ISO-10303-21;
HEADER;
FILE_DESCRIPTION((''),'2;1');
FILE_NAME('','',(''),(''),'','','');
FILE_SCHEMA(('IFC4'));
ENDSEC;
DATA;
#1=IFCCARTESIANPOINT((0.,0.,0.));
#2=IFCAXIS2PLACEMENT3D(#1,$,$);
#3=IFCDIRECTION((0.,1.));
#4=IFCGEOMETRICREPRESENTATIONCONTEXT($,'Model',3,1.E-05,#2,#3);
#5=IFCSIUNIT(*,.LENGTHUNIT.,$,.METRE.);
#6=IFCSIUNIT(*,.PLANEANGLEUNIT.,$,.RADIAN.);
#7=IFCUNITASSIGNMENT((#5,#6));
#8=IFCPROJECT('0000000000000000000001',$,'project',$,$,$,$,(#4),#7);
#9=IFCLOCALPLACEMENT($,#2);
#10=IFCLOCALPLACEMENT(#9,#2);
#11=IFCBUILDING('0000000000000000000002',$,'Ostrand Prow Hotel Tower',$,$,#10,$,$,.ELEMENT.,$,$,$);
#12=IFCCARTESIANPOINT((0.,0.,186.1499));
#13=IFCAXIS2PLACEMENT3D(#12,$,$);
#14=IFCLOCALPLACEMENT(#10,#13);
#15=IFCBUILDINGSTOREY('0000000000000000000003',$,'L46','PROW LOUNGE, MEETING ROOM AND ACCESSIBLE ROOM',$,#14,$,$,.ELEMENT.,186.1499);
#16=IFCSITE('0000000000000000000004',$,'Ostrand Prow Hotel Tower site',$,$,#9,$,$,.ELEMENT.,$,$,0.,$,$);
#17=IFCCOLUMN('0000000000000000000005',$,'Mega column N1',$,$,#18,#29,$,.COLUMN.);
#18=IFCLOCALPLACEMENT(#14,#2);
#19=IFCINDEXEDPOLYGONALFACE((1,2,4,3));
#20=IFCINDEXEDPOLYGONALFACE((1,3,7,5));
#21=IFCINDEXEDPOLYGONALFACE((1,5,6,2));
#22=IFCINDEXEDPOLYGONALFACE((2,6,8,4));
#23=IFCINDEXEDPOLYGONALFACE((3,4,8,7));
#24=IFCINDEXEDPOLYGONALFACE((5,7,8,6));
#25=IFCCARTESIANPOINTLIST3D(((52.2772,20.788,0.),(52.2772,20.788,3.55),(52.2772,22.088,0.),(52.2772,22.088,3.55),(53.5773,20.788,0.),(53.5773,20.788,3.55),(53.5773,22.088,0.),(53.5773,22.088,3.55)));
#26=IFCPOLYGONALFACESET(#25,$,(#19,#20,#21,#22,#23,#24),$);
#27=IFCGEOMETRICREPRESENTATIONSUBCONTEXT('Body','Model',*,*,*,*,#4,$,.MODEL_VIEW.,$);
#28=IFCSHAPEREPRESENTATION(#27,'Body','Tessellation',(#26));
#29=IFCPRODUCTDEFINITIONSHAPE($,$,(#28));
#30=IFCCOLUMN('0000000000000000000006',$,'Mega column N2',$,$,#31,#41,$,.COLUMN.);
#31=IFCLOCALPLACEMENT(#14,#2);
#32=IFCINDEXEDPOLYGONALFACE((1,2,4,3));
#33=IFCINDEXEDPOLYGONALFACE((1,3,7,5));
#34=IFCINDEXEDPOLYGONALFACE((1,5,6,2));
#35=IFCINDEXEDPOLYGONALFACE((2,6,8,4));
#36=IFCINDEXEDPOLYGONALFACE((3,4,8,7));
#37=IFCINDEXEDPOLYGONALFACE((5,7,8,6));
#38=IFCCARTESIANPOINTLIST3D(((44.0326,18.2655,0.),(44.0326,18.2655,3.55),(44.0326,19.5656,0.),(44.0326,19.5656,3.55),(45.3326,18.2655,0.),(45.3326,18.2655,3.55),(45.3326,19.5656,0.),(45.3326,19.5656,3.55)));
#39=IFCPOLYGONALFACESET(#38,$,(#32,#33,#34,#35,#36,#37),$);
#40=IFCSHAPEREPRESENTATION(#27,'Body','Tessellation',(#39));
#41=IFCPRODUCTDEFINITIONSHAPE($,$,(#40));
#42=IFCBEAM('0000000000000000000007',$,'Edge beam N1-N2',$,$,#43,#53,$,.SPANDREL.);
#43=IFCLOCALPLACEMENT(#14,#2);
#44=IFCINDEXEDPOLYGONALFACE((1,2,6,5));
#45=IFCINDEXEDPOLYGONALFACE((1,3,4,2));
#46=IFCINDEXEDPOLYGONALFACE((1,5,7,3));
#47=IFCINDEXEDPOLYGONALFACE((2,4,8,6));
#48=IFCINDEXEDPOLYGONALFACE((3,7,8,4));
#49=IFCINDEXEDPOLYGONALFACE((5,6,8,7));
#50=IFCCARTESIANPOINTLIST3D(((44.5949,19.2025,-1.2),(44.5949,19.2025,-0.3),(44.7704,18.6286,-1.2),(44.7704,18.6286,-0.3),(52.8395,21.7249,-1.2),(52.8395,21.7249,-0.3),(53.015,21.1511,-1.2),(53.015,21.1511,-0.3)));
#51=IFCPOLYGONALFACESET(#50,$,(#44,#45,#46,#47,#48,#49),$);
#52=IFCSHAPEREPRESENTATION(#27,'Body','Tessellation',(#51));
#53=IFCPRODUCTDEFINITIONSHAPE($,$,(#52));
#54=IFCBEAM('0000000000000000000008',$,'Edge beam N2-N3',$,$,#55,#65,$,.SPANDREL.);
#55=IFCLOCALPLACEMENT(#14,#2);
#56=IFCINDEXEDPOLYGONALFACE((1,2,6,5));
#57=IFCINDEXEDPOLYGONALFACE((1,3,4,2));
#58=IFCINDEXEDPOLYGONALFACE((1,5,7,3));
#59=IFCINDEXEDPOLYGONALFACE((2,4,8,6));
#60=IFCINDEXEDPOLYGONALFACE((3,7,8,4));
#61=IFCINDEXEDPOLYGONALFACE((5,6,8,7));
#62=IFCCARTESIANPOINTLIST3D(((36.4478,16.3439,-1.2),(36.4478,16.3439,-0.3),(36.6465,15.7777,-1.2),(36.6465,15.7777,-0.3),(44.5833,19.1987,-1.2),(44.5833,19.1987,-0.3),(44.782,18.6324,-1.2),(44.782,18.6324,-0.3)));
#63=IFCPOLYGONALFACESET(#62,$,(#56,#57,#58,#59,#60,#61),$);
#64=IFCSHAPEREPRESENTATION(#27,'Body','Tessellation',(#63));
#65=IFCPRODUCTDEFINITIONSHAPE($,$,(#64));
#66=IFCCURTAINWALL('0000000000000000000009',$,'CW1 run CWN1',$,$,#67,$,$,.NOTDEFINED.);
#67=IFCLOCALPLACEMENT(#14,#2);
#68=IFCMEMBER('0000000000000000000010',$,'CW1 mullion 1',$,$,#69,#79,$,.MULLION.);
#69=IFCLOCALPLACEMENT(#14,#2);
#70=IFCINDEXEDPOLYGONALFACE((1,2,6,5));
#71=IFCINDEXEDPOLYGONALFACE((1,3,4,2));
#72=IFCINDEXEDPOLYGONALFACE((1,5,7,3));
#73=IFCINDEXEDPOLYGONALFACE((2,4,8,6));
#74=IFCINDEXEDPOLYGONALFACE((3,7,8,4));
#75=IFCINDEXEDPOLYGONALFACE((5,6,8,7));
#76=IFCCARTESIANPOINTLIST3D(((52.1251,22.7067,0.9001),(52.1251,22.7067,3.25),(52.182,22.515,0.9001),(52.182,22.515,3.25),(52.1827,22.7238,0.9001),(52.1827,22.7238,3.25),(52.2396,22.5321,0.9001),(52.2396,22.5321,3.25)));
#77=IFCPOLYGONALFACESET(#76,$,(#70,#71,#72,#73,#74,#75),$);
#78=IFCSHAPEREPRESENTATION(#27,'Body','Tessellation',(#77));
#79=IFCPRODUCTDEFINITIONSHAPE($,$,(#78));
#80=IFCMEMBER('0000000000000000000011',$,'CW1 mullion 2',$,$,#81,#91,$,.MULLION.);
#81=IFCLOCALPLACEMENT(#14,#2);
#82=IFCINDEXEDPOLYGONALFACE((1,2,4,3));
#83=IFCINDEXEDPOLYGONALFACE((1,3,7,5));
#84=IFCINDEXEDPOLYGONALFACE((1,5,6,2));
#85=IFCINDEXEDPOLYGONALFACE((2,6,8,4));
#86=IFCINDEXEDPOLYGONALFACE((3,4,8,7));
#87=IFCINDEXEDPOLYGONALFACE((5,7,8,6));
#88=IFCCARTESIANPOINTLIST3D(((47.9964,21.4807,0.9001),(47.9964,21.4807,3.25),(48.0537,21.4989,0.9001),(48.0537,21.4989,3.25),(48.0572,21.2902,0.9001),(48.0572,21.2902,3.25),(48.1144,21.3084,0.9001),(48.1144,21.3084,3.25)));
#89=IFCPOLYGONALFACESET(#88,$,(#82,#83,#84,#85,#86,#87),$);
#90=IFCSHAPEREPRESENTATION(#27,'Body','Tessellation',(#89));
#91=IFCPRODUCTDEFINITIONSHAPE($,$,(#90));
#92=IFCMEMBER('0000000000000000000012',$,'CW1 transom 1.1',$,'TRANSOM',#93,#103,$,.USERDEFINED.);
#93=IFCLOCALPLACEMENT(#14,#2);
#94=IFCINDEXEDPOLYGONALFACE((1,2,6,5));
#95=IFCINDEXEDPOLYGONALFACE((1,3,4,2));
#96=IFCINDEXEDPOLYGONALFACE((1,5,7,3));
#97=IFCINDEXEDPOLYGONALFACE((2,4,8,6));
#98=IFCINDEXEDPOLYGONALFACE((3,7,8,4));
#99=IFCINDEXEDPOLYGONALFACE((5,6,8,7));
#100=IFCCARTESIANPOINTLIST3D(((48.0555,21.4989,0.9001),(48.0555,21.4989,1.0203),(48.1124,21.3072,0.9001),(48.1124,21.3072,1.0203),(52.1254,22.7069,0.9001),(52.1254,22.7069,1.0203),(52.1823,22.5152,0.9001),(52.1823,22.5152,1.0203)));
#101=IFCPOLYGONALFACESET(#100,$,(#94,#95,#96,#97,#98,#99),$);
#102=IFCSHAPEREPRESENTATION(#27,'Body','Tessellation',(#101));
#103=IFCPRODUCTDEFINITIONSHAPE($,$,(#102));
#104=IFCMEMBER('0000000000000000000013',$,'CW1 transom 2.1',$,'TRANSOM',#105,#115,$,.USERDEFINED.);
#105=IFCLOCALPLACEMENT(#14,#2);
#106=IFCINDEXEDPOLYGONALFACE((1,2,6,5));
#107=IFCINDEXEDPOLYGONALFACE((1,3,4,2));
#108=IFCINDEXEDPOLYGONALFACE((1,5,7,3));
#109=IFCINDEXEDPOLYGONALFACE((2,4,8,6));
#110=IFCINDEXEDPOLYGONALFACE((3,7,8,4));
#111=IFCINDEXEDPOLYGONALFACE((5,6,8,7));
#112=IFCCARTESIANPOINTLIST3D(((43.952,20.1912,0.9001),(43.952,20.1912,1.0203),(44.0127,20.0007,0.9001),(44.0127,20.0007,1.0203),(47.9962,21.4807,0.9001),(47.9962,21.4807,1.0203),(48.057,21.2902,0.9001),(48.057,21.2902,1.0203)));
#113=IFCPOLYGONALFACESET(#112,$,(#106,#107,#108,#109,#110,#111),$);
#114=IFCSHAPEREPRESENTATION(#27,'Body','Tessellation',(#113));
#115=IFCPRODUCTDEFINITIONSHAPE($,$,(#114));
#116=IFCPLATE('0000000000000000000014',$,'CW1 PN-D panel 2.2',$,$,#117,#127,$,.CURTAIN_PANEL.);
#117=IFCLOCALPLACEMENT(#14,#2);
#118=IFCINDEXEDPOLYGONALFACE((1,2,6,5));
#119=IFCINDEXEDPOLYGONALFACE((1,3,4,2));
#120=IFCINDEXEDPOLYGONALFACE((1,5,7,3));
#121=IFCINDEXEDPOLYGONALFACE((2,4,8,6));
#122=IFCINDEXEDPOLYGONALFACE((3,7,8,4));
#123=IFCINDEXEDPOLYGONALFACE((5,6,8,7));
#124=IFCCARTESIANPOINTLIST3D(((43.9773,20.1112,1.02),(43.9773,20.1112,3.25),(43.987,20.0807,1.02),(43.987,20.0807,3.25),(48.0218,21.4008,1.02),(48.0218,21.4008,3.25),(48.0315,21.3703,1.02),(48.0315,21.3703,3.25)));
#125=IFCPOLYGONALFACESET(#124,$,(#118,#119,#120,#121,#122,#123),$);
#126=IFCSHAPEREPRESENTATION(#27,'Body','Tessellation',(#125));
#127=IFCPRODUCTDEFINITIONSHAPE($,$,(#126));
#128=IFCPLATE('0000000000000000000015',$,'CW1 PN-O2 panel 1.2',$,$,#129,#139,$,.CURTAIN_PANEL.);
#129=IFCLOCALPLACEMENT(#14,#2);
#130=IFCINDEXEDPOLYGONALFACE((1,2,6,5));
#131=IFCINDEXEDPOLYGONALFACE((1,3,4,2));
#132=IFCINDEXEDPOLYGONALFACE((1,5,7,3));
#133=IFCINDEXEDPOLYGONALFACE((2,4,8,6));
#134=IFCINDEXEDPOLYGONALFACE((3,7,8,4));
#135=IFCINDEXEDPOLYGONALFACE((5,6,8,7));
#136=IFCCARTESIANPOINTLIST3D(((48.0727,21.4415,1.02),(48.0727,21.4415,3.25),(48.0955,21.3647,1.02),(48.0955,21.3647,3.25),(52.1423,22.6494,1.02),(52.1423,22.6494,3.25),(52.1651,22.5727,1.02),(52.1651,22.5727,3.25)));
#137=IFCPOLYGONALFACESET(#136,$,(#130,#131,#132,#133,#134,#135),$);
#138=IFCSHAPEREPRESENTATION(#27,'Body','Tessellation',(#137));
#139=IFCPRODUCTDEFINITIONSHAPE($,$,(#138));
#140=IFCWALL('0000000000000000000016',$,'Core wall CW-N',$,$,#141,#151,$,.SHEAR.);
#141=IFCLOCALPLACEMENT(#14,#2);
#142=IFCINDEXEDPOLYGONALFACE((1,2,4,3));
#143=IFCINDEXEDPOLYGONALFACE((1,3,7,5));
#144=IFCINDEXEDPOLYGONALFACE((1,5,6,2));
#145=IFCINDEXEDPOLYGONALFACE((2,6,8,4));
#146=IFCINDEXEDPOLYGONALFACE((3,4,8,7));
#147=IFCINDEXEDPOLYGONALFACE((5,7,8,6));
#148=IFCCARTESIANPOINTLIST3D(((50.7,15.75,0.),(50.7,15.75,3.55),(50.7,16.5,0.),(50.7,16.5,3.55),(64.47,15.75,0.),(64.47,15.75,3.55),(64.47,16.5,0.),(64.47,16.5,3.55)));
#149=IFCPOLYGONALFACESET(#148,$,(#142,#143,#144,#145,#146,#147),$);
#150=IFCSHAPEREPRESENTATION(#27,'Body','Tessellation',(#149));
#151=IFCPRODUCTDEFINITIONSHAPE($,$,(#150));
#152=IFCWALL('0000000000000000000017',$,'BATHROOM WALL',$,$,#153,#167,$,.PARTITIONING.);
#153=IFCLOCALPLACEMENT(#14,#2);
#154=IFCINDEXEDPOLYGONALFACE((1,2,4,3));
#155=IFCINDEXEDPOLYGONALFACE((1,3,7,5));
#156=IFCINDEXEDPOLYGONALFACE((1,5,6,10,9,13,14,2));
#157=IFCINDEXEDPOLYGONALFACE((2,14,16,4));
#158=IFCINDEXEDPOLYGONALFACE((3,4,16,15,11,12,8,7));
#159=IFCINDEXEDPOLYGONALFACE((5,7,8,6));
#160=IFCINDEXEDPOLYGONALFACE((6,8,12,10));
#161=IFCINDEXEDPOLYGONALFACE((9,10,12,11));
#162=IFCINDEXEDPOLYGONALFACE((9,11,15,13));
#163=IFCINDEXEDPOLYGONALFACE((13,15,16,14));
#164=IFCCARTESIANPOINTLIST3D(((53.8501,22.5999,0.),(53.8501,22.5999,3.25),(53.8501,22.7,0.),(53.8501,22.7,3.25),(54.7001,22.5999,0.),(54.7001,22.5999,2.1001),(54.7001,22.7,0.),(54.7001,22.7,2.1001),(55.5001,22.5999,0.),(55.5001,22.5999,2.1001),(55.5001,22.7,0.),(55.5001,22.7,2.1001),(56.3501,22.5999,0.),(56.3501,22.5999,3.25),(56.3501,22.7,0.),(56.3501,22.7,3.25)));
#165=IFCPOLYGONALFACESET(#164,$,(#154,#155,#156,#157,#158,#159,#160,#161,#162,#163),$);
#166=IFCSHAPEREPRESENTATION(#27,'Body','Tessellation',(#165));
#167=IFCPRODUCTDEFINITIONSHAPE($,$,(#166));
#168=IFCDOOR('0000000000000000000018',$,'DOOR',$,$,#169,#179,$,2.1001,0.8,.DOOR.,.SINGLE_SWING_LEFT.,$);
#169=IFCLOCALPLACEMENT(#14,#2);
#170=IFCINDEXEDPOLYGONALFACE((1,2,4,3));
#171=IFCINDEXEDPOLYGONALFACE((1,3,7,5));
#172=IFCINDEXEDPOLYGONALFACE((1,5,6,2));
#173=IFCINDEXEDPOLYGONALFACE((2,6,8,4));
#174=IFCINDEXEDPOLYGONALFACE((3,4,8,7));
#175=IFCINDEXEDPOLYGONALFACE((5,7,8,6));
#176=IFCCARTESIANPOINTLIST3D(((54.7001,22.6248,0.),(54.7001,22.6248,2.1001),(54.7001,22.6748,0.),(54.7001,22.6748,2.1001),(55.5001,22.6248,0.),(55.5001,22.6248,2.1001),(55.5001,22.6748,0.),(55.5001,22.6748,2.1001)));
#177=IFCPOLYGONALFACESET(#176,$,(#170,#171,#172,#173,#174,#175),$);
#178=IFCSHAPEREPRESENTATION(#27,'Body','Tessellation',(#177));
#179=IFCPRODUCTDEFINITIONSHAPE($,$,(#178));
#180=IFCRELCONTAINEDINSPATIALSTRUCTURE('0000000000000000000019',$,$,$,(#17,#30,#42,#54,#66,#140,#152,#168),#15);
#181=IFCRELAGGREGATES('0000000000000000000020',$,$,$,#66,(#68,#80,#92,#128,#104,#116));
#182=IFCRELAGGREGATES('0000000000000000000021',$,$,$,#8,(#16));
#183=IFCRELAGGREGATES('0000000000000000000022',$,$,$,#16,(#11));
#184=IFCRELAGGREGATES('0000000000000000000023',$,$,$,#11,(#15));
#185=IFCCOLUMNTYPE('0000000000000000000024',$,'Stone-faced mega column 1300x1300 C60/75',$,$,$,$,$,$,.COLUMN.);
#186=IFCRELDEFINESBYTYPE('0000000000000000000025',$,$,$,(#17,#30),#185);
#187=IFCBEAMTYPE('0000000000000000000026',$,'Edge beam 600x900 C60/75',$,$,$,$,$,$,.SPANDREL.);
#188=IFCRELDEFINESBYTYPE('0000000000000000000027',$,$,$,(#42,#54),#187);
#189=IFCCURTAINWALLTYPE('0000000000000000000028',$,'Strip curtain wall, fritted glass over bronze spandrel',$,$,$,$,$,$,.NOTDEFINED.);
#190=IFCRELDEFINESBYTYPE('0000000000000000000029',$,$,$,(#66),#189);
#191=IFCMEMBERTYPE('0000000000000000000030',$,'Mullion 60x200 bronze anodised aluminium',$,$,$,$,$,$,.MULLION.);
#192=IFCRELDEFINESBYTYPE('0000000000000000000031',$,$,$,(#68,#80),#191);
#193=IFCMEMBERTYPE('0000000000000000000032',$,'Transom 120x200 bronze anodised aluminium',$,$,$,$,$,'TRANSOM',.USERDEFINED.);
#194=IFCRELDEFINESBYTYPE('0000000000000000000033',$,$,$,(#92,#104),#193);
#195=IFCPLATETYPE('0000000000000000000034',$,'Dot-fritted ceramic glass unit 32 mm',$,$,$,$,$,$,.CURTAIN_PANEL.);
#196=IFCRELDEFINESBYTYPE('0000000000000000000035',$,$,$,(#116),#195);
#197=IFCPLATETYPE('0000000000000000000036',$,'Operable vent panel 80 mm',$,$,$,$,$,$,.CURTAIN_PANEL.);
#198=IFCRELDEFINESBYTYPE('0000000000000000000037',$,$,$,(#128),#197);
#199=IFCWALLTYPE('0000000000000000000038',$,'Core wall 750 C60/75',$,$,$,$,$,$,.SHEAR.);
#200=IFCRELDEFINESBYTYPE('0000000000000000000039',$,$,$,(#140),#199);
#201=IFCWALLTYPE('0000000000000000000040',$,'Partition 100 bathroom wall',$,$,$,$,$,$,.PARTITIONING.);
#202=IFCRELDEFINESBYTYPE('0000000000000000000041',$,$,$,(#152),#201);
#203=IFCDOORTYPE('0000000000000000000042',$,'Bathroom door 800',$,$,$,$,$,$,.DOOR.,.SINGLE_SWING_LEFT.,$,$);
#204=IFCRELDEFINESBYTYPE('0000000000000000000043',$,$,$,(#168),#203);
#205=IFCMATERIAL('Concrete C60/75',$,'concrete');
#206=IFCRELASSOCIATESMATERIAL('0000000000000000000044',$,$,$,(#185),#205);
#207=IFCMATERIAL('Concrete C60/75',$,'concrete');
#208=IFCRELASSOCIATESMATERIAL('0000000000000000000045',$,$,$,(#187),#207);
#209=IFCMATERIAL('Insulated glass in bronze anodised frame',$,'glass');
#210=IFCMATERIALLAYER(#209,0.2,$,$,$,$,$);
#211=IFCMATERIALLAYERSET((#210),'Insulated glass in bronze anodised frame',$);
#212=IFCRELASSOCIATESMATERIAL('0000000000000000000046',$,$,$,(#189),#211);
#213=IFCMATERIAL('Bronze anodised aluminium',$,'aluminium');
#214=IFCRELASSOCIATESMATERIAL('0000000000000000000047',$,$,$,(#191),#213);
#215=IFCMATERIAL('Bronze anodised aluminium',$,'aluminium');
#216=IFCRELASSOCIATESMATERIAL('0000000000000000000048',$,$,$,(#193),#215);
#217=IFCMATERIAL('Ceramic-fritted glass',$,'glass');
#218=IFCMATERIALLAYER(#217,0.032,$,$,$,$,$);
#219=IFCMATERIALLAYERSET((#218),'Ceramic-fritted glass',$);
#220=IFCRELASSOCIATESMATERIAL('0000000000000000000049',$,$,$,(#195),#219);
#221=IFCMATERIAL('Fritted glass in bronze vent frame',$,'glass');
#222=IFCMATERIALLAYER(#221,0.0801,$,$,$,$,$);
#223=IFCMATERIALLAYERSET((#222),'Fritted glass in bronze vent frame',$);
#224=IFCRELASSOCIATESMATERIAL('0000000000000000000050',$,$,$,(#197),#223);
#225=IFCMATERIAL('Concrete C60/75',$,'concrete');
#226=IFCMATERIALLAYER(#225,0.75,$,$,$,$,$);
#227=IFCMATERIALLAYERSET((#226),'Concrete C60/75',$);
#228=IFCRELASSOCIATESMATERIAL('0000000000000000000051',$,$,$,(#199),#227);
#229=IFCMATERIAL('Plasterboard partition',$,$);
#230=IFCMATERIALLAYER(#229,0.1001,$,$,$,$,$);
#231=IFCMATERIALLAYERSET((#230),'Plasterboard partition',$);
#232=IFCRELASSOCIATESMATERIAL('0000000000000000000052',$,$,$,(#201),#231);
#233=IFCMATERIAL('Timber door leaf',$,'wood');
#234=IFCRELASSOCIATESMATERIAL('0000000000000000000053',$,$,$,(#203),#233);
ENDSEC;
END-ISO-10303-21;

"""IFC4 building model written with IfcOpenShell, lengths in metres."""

from ifc_helpers import new_model, si_unit, direction, frame, frame_2d, origin, origin_2d, place, context, subcontext, project, spatial, rectangle, extrude, material, layer, layer_set, material_profile, profile_set, type_object, element, fill, aggregate, save


model = new_model("IFC4")

# Units and contexts
model_context = context("Model", 3, precision=1e-05, world=origin(), true_north=direction((0.0, 1.0)))
body_context = subcontext(model_context, "Body", "Model", "MODEL_VIEW")
ifc_project = project(units=[si_unit("LENGTHUNIT", "METRE"), si_unit("PLANEANGLEUNIT", "RADIAN")], contexts=[model_context])

# Site, building, storey
site_placement = place(None, origin())
site = spatial("IfcSite", under=ifc_project, at=site_placement, Name="Ostrand Prow Hotel Tower site", CompositionType="ELEMENT", RefElevation=0.0)
building_placement = place(site_placement, origin())
building = spatial("IfcBuilding", under=site, at=building_placement, Name="Ostrand Prow Hotel Tower", CompositionType="ELEMENT")
storey_placement = place(building_placement, frame((0.0, 0.0, 186.1499)))
storey = spatial("IfcBuildingStorey", under=building, at=storey_placement, Name="L46", Description="PROW LOUNGE, MEETING ROOM AND ACCESSIBLE ROOM", CompositionType="ELEMENT", Elevation=186.1499)

# Columns
ifc_material_1 = material(Name="Concrete C60/75", Category="concrete")
ifc_material_profile_1 = material_profile(ifc_material_1, rectangle(XDim=1.3, YDim=1.3, at=origin_2d()), Name="RC 1300x1300")
ifc_profile_set_1 = profile_set([ifc_material_profile_1], Name="Concrete C60/75")
column_type = type_object("IfcColumnType", Name="Stone-faced mega column 1300x1300 C60/75", PredefinedType="COLUMN", material=ifc_profile_set_1)
for number, where, z_axis, x_axis, name in (
    (1, (52.9272, 21.438, 0.0), (0.0, 0.0, 1.0), (1.0, 0.0, 0.0), "Mega column N1"),
    (2, (44.6826, 18.9155, 0.0), (0.0, 0.0, 1.0), (1.0, 0.0, 0.0), "Mega column N2"),
):
    element("IfcColumn", number, at=place(storey_placement, frame(where, z_axis=z_axis, x_axis=x_axis)), inside=storey, type_object=column_type, Name=name, PredefinedType="COLUMN", context=body_context, shape_type="SweptSolid", body=[
        extrude(rectangle(XDim=1.3, YDim=1.3, at=origin_2d()), origin(), (0.0, 0.0, 1.0), 3.55),
    ])

# Beams
ifc_material_2 = material(Name="Concrete C60/75", Category="concrete")
ifc_material_profile_2 = material_profile(ifc_material_2, rectangle(XDim=0.6001, YDim=0.8999, at=origin_2d()), Name="RC 600x900")
ifc_profile_set_2 = profile_set([ifc_material_profile_2], Name="Concrete C60/75")
beam_type = type_object("IfcBeamType", Name="Edge beam 600x900 C60/75", PredefinedType="SPANDREL", material=ifc_profile_set_2)
for number, where, z_axis, x_axis, name in (
    (3, (52.9272, 21.438, -0.75), (-0.956246, -0.292565, 0.0), (0.292565, -0.956246, 0.0), "Edge beam N1-N2"),
    (4, (44.6826, 18.9155, -0.75), (-0.943594, -0.331106, 0.0), (0.331106, -0.943594, 0.0), "Edge beam N2-N3"),
):
    element("IfcBeam", number, at=place(storey_placement, frame(where, z_axis=z_axis, x_axis=x_axis)), inside=storey, type_object=beam_type, Name=name, PredefinedType="SPANDREL", context=body_context, shape_type="SweptSolid", body=[
        extrude(rectangle(XDim=0.6001, YDim=0.8999, at=origin_2d()), origin(), (0.0, 0.0, 1.0), 8.6218),
    ])

# Curtain wall, members, plates
ifc_material_3 = material(Name="Insulated glass in bronze anodised frame", Category="glass")
ifc_layer_1 = layer(ifc_material_3, 0.2)
ifc_layer_set_1 = layer_set([ifc_layer_1], Name="Insulated glass in bronze anodised frame")
curtain_wall_type = type_object("IfcCurtainWallType", Name="Strip curtain wall, fritted glass over bronze spandrel", PredefinedType="NOTDEFINED", material=ifc_layer_set_1)
curtain_wall_placement = place(storey_placement, origin())
curtain_wall = element("IfcCurtainWall", 5, at=curtain_wall_placement, inside=storey, type_object=curtain_wall_type, Name="CW1 run CWN1", PredefinedType="NOTDEFINED")
ifc_material_4 = material(Name="Bronze anodised aluminium", Category="aluminium")
ifc_material_profile_3 = material_profile(ifc_material_4, rectangle(XDim=0.2, YDim=0.0601, at=origin_2d()), Name="Mullion 60x200 bronze anodised aluminium")
ifc_profile_set_3 = profile_set([ifc_material_profile_3], Name="Bronze anodised aluminium")
member_type_1 = type_object("IfcMemberType", Name="Mullion 60x200 bronze anodised aluminium", PredefinedType="MULLION", material=ifc_profile_set_3)
member_1_placement = place(storey_placement, frame((52.1824, 22.6194, 0.9001), z_axis=(0.0, 0.0, 1.0), x_axis=(0.284544, -0.958663, 0.0)))
member_1 = element("IfcMember", 6, at=member_1_placement, type_object=member_type_1, Name="CW1 mullion 1", PredefinedType="MULLION", context=body_context, shape_type="SweptSolid", body=[
    extrude(rectangle(XDim=0.2, YDim=0.0601, at=origin_2d()), origin(), (0.0, 0.0, 1.0), 2.3499),
])
member_2_placement = place(storey_placement, frame((48.0554, 21.3945, 0.9001), z_axis=(0.0, 0.0, 1.0), x_axis=(0.303787, -0.95274, 0.0)))
member_2 = element("IfcMember", 7, at=member_2_placement, type_object=member_type_1, Name="CW1 mullion 2", PredefinedType="MULLION", context=body_context, shape_type="SweptSolid", body=[
    extrude(rectangle(XDim=0.2, YDim=0.0601, at=origin_2d()), origin(), (0.0, 0.0, 1.0), 2.3499),
])
ifc_material_5 = material(Name="Bronze anodised aluminium", Category="aluminium")
ifc_material_profile_4 = material_profile(ifc_material_5, rectangle(XDim=0.2, YDim=0.1201, at=origin_2d()), Name="Transom 120x200 bronze anodised aluminium")
ifc_profile_set_4 = profile_set([ifc_material_profile_4], Name="Bronze anodised aluminium")
member_type_2 = type_object("IfcMemberType", Name="Transom 120x200 bronze anodised aluminium", ElementType="TRANSOM", PredefinedType="USERDEFINED", material=ifc_profile_set_4)
member_3_placement = place(storey_placement, frame((52.1538, 22.6111, 0.9602), z_axis=(-0.958661, -0.28455, 0.0), x_axis=(0.28455, -0.958661, 0.0)))
member_3 = element("IfcMember", 8, at=member_3_placement, type_object=member_type_2, Name="CW1 transom 1.1", ObjectType="TRANSOM", PredefinedType="USERDEFINED", context=body_context, shape_type="SweptSolid", body=[
    extrude(rectangle(XDim=0.2, YDim=0.1201, at=origin_2d()), origin(), (0.0, 0.0, 1.0), 4.2454),
])
member_4_placement = place(storey_placement, frame((48.0266, 21.3855, 0.9602), z_axis=(-0.952738, -0.303795, 0.0), x_axis=(0.303795, -0.952738, 0.0)))
member_4 = element("IfcMember", 9, at=member_4_placement, type_object=member_type_2, Name="CW1 transom 2.1", ObjectType="TRANSOM", PredefinedType="USERDEFINED", context=body_context, shape_type="SweptSolid", body=[
    extrude(rectangle(XDim=0.2, YDim=0.1201, at=origin_2d()), origin(), (0.0, 0.0, 1.0), 4.2449),
])
ifc_material_6 = material(Name="Ceramic-fritted glass", Category="glass")
ifc_layer_2 = layer(ifc_material_6, 0.032)
ifc_layer_set_2 = layer_set([ifc_layer_2], Name="Ceramic-fritted glass")
plate_type_1 = type_object("IfcPlateType", Name="Dot-fritted ceramic glass unit 32 mm", PredefinedType="CURTAIN_PANEL", material=ifc_layer_set_2)
plate_1_placement = place(storey_placement, frame((46.0044, 20.7407, 1.02), z_axis=(0.0, 0.0, 1.0), x_axis=(-0.95274, -0.303787, 0.0)))
plate_1 = element("IfcPlate", 10, at=plate_1_placement, type_object=plate_type_1, Name="CW1 PN-D panel 2.2", PredefinedType="CURTAIN_PANEL", context=body_context, shape_type="SweptSolid", body=[
    extrude(rectangle(XDim=4.2451, YDim=0.032, at=origin_2d()), origin(), (0.0, 0.0, 1.0), 2.23),
])
ifc_material_7 = material(Name="Fritted glass in bronze vent frame", Category="glass")
ifc_layer_3 = layer(ifc_material_7, 0.0801)
ifc_layer_set_3 = layer_set([ifc_layer_3], Name="Fritted glass in bronze vent frame")
plate_type_2 = type_object("IfcPlateType", Name="Operable vent panel 80 mm", PredefinedType="CURTAIN_PANEL", material=ifc_layer_set_3)
plate_2_placement = place(storey_placement, frame((50.1189, 22.0071, 1.02), z_axis=(0.0, 0.0, 1.0), x_axis=(-0.958663, -0.284544, 0.0)))
plate_2 = element("IfcPlate", 11, at=plate_2_placement, type_object=plate_type_2, Name="CW1 PN-O2 panel 1.2", PredefinedType="CURTAIN_PANEL", context=body_context, shape_type="SweptSolid", body=[
    extrude(rectangle(XDim=4.2451, YDim=0.0801, at=origin_2d()), origin(), (0.0, 0.0, 1.0), 2.23),
])
aggregate(curtain_wall, [member_1, member_2, member_3, plate_2, member_4, plate_1])

# Wall
ifc_material_8 = material(Name="Concrete C60/75", Category="concrete")
ifc_layer_4 = layer(ifc_material_8, 0.75)
ifc_layer_set_4 = layer_set([ifc_layer_4], Name="Concrete C60/75")
wall_type_1 = type_object("IfcWallType", Name="Core wall 750 C60/75", PredefinedType="SHEAR", material=ifc_layer_set_4)
wall_1_placement = place(storey_placement, frame((50.7, 16.125, 0.0), z_axis=(0.0, 0.0, 1.0), x_axis=(1.0, 0.0, 0.0)))
element("IfcWall", 12, at=wall_1_placement, inside=storey, type_object=wall_type_1, Name="Core wall CW-N", PredefinedType="SHEAR", context=body_context, shape_type="SweptSolid", body=[
    extrude(rectangle(XDim=13.77, YDim=0.75, at=frame_2d((6.885, 0.0))), origin(), (0.0, 0.0, 1.0), 3.55),
])

# Wall, opening, door
ifc_material_9 = material(Name="Plasterboard partition")
ifc_layer_5 = layer(ifc_material_9, 0.1001)
ifc_layer_set_5 = layer_set([ifc_layer_5], Name="Plasterboard partition")
wall_type_2 = type_object("IfcWallType", Name="Partition 100 bathroom wall", PredefinedType="PARTITIONING", material=ifc_layer_set_5)
wall_2_placement = place(storey_placement, frame((53.8501, 22.6499, 0.0), z_axis=(0.0, 0.0, 1.0), x_axis=(1.0, 0.0, 0.0)))
wall_2 = element("IfcWall", 13, at=wall_2_placement, inside=storey, type_object=wall_type_2, Name="BATHROOM WALL", PredefinedType="PARTITIONING", context=body_context, shape_type="SweptSolid", body=[
    extrude(rectangle(XDim=2.5, YDim=0.1001, at=frame_2d((1.25, 0.0))), origin(), (0.0, 0.0, 1.0), 3.25),
])
opening_1_placement = place(wall_2_placement, frame((0.8501, 0.0, 0.0)))
opening_1 = element("IfcOpeningElement", 14, at=opening_1_placement, cuts=wall_2, PredefinedType="OPENING", context=body_context, shape_type="SweptSolid", body=[
    extrude(rectangle(XDim=0.8, YDim=2.1001, at=frame_2d((0.3999, 1.05))), frame((0.0, 0.0601, 0.0), z_axis=(0.0, -1.0, 0.0), x_axis=(1.0, 0.0, 0.0)), (0.0, 0.0, 1.0), 0.1201),
])
ifc_material_10 = material(Name="Timber door leaf", Category="wood")
door_type_1 = type_object("IfcDoorType", Name="Bathroom door 800", OperationType="SINGLE_SWING_LEFT", PredefinedType="DOOR", material=ifc_material_10)
door_1_placement = place(opening_1_placement, origin())
door_1 = element("IfcDoor", 15, at=door_1_placement, inside=storey, type_object=door_type_1, Name="DOOR", OperationType="SINGLE_SWING_LEFT", OverallHeight=2.1001, OverallWidth=0.8, PredefinedType="DOOR", context=body_context, shape_type="SweptSolid", body=[
    extrude(rectangle(XDim=0.8, YDim=2.1001, at=frame_2d((0.3999, 1.05))), frame((0.0, 0.0249, 0.0), z_axis=(0.0, -1.0, 0.0), x_axis=(1.0, 0.0, 0.0)), (0.0, 0.0, 1.0), 0.05),
])
fill(opening_1, door_1)

save(model, "model.ifc")
